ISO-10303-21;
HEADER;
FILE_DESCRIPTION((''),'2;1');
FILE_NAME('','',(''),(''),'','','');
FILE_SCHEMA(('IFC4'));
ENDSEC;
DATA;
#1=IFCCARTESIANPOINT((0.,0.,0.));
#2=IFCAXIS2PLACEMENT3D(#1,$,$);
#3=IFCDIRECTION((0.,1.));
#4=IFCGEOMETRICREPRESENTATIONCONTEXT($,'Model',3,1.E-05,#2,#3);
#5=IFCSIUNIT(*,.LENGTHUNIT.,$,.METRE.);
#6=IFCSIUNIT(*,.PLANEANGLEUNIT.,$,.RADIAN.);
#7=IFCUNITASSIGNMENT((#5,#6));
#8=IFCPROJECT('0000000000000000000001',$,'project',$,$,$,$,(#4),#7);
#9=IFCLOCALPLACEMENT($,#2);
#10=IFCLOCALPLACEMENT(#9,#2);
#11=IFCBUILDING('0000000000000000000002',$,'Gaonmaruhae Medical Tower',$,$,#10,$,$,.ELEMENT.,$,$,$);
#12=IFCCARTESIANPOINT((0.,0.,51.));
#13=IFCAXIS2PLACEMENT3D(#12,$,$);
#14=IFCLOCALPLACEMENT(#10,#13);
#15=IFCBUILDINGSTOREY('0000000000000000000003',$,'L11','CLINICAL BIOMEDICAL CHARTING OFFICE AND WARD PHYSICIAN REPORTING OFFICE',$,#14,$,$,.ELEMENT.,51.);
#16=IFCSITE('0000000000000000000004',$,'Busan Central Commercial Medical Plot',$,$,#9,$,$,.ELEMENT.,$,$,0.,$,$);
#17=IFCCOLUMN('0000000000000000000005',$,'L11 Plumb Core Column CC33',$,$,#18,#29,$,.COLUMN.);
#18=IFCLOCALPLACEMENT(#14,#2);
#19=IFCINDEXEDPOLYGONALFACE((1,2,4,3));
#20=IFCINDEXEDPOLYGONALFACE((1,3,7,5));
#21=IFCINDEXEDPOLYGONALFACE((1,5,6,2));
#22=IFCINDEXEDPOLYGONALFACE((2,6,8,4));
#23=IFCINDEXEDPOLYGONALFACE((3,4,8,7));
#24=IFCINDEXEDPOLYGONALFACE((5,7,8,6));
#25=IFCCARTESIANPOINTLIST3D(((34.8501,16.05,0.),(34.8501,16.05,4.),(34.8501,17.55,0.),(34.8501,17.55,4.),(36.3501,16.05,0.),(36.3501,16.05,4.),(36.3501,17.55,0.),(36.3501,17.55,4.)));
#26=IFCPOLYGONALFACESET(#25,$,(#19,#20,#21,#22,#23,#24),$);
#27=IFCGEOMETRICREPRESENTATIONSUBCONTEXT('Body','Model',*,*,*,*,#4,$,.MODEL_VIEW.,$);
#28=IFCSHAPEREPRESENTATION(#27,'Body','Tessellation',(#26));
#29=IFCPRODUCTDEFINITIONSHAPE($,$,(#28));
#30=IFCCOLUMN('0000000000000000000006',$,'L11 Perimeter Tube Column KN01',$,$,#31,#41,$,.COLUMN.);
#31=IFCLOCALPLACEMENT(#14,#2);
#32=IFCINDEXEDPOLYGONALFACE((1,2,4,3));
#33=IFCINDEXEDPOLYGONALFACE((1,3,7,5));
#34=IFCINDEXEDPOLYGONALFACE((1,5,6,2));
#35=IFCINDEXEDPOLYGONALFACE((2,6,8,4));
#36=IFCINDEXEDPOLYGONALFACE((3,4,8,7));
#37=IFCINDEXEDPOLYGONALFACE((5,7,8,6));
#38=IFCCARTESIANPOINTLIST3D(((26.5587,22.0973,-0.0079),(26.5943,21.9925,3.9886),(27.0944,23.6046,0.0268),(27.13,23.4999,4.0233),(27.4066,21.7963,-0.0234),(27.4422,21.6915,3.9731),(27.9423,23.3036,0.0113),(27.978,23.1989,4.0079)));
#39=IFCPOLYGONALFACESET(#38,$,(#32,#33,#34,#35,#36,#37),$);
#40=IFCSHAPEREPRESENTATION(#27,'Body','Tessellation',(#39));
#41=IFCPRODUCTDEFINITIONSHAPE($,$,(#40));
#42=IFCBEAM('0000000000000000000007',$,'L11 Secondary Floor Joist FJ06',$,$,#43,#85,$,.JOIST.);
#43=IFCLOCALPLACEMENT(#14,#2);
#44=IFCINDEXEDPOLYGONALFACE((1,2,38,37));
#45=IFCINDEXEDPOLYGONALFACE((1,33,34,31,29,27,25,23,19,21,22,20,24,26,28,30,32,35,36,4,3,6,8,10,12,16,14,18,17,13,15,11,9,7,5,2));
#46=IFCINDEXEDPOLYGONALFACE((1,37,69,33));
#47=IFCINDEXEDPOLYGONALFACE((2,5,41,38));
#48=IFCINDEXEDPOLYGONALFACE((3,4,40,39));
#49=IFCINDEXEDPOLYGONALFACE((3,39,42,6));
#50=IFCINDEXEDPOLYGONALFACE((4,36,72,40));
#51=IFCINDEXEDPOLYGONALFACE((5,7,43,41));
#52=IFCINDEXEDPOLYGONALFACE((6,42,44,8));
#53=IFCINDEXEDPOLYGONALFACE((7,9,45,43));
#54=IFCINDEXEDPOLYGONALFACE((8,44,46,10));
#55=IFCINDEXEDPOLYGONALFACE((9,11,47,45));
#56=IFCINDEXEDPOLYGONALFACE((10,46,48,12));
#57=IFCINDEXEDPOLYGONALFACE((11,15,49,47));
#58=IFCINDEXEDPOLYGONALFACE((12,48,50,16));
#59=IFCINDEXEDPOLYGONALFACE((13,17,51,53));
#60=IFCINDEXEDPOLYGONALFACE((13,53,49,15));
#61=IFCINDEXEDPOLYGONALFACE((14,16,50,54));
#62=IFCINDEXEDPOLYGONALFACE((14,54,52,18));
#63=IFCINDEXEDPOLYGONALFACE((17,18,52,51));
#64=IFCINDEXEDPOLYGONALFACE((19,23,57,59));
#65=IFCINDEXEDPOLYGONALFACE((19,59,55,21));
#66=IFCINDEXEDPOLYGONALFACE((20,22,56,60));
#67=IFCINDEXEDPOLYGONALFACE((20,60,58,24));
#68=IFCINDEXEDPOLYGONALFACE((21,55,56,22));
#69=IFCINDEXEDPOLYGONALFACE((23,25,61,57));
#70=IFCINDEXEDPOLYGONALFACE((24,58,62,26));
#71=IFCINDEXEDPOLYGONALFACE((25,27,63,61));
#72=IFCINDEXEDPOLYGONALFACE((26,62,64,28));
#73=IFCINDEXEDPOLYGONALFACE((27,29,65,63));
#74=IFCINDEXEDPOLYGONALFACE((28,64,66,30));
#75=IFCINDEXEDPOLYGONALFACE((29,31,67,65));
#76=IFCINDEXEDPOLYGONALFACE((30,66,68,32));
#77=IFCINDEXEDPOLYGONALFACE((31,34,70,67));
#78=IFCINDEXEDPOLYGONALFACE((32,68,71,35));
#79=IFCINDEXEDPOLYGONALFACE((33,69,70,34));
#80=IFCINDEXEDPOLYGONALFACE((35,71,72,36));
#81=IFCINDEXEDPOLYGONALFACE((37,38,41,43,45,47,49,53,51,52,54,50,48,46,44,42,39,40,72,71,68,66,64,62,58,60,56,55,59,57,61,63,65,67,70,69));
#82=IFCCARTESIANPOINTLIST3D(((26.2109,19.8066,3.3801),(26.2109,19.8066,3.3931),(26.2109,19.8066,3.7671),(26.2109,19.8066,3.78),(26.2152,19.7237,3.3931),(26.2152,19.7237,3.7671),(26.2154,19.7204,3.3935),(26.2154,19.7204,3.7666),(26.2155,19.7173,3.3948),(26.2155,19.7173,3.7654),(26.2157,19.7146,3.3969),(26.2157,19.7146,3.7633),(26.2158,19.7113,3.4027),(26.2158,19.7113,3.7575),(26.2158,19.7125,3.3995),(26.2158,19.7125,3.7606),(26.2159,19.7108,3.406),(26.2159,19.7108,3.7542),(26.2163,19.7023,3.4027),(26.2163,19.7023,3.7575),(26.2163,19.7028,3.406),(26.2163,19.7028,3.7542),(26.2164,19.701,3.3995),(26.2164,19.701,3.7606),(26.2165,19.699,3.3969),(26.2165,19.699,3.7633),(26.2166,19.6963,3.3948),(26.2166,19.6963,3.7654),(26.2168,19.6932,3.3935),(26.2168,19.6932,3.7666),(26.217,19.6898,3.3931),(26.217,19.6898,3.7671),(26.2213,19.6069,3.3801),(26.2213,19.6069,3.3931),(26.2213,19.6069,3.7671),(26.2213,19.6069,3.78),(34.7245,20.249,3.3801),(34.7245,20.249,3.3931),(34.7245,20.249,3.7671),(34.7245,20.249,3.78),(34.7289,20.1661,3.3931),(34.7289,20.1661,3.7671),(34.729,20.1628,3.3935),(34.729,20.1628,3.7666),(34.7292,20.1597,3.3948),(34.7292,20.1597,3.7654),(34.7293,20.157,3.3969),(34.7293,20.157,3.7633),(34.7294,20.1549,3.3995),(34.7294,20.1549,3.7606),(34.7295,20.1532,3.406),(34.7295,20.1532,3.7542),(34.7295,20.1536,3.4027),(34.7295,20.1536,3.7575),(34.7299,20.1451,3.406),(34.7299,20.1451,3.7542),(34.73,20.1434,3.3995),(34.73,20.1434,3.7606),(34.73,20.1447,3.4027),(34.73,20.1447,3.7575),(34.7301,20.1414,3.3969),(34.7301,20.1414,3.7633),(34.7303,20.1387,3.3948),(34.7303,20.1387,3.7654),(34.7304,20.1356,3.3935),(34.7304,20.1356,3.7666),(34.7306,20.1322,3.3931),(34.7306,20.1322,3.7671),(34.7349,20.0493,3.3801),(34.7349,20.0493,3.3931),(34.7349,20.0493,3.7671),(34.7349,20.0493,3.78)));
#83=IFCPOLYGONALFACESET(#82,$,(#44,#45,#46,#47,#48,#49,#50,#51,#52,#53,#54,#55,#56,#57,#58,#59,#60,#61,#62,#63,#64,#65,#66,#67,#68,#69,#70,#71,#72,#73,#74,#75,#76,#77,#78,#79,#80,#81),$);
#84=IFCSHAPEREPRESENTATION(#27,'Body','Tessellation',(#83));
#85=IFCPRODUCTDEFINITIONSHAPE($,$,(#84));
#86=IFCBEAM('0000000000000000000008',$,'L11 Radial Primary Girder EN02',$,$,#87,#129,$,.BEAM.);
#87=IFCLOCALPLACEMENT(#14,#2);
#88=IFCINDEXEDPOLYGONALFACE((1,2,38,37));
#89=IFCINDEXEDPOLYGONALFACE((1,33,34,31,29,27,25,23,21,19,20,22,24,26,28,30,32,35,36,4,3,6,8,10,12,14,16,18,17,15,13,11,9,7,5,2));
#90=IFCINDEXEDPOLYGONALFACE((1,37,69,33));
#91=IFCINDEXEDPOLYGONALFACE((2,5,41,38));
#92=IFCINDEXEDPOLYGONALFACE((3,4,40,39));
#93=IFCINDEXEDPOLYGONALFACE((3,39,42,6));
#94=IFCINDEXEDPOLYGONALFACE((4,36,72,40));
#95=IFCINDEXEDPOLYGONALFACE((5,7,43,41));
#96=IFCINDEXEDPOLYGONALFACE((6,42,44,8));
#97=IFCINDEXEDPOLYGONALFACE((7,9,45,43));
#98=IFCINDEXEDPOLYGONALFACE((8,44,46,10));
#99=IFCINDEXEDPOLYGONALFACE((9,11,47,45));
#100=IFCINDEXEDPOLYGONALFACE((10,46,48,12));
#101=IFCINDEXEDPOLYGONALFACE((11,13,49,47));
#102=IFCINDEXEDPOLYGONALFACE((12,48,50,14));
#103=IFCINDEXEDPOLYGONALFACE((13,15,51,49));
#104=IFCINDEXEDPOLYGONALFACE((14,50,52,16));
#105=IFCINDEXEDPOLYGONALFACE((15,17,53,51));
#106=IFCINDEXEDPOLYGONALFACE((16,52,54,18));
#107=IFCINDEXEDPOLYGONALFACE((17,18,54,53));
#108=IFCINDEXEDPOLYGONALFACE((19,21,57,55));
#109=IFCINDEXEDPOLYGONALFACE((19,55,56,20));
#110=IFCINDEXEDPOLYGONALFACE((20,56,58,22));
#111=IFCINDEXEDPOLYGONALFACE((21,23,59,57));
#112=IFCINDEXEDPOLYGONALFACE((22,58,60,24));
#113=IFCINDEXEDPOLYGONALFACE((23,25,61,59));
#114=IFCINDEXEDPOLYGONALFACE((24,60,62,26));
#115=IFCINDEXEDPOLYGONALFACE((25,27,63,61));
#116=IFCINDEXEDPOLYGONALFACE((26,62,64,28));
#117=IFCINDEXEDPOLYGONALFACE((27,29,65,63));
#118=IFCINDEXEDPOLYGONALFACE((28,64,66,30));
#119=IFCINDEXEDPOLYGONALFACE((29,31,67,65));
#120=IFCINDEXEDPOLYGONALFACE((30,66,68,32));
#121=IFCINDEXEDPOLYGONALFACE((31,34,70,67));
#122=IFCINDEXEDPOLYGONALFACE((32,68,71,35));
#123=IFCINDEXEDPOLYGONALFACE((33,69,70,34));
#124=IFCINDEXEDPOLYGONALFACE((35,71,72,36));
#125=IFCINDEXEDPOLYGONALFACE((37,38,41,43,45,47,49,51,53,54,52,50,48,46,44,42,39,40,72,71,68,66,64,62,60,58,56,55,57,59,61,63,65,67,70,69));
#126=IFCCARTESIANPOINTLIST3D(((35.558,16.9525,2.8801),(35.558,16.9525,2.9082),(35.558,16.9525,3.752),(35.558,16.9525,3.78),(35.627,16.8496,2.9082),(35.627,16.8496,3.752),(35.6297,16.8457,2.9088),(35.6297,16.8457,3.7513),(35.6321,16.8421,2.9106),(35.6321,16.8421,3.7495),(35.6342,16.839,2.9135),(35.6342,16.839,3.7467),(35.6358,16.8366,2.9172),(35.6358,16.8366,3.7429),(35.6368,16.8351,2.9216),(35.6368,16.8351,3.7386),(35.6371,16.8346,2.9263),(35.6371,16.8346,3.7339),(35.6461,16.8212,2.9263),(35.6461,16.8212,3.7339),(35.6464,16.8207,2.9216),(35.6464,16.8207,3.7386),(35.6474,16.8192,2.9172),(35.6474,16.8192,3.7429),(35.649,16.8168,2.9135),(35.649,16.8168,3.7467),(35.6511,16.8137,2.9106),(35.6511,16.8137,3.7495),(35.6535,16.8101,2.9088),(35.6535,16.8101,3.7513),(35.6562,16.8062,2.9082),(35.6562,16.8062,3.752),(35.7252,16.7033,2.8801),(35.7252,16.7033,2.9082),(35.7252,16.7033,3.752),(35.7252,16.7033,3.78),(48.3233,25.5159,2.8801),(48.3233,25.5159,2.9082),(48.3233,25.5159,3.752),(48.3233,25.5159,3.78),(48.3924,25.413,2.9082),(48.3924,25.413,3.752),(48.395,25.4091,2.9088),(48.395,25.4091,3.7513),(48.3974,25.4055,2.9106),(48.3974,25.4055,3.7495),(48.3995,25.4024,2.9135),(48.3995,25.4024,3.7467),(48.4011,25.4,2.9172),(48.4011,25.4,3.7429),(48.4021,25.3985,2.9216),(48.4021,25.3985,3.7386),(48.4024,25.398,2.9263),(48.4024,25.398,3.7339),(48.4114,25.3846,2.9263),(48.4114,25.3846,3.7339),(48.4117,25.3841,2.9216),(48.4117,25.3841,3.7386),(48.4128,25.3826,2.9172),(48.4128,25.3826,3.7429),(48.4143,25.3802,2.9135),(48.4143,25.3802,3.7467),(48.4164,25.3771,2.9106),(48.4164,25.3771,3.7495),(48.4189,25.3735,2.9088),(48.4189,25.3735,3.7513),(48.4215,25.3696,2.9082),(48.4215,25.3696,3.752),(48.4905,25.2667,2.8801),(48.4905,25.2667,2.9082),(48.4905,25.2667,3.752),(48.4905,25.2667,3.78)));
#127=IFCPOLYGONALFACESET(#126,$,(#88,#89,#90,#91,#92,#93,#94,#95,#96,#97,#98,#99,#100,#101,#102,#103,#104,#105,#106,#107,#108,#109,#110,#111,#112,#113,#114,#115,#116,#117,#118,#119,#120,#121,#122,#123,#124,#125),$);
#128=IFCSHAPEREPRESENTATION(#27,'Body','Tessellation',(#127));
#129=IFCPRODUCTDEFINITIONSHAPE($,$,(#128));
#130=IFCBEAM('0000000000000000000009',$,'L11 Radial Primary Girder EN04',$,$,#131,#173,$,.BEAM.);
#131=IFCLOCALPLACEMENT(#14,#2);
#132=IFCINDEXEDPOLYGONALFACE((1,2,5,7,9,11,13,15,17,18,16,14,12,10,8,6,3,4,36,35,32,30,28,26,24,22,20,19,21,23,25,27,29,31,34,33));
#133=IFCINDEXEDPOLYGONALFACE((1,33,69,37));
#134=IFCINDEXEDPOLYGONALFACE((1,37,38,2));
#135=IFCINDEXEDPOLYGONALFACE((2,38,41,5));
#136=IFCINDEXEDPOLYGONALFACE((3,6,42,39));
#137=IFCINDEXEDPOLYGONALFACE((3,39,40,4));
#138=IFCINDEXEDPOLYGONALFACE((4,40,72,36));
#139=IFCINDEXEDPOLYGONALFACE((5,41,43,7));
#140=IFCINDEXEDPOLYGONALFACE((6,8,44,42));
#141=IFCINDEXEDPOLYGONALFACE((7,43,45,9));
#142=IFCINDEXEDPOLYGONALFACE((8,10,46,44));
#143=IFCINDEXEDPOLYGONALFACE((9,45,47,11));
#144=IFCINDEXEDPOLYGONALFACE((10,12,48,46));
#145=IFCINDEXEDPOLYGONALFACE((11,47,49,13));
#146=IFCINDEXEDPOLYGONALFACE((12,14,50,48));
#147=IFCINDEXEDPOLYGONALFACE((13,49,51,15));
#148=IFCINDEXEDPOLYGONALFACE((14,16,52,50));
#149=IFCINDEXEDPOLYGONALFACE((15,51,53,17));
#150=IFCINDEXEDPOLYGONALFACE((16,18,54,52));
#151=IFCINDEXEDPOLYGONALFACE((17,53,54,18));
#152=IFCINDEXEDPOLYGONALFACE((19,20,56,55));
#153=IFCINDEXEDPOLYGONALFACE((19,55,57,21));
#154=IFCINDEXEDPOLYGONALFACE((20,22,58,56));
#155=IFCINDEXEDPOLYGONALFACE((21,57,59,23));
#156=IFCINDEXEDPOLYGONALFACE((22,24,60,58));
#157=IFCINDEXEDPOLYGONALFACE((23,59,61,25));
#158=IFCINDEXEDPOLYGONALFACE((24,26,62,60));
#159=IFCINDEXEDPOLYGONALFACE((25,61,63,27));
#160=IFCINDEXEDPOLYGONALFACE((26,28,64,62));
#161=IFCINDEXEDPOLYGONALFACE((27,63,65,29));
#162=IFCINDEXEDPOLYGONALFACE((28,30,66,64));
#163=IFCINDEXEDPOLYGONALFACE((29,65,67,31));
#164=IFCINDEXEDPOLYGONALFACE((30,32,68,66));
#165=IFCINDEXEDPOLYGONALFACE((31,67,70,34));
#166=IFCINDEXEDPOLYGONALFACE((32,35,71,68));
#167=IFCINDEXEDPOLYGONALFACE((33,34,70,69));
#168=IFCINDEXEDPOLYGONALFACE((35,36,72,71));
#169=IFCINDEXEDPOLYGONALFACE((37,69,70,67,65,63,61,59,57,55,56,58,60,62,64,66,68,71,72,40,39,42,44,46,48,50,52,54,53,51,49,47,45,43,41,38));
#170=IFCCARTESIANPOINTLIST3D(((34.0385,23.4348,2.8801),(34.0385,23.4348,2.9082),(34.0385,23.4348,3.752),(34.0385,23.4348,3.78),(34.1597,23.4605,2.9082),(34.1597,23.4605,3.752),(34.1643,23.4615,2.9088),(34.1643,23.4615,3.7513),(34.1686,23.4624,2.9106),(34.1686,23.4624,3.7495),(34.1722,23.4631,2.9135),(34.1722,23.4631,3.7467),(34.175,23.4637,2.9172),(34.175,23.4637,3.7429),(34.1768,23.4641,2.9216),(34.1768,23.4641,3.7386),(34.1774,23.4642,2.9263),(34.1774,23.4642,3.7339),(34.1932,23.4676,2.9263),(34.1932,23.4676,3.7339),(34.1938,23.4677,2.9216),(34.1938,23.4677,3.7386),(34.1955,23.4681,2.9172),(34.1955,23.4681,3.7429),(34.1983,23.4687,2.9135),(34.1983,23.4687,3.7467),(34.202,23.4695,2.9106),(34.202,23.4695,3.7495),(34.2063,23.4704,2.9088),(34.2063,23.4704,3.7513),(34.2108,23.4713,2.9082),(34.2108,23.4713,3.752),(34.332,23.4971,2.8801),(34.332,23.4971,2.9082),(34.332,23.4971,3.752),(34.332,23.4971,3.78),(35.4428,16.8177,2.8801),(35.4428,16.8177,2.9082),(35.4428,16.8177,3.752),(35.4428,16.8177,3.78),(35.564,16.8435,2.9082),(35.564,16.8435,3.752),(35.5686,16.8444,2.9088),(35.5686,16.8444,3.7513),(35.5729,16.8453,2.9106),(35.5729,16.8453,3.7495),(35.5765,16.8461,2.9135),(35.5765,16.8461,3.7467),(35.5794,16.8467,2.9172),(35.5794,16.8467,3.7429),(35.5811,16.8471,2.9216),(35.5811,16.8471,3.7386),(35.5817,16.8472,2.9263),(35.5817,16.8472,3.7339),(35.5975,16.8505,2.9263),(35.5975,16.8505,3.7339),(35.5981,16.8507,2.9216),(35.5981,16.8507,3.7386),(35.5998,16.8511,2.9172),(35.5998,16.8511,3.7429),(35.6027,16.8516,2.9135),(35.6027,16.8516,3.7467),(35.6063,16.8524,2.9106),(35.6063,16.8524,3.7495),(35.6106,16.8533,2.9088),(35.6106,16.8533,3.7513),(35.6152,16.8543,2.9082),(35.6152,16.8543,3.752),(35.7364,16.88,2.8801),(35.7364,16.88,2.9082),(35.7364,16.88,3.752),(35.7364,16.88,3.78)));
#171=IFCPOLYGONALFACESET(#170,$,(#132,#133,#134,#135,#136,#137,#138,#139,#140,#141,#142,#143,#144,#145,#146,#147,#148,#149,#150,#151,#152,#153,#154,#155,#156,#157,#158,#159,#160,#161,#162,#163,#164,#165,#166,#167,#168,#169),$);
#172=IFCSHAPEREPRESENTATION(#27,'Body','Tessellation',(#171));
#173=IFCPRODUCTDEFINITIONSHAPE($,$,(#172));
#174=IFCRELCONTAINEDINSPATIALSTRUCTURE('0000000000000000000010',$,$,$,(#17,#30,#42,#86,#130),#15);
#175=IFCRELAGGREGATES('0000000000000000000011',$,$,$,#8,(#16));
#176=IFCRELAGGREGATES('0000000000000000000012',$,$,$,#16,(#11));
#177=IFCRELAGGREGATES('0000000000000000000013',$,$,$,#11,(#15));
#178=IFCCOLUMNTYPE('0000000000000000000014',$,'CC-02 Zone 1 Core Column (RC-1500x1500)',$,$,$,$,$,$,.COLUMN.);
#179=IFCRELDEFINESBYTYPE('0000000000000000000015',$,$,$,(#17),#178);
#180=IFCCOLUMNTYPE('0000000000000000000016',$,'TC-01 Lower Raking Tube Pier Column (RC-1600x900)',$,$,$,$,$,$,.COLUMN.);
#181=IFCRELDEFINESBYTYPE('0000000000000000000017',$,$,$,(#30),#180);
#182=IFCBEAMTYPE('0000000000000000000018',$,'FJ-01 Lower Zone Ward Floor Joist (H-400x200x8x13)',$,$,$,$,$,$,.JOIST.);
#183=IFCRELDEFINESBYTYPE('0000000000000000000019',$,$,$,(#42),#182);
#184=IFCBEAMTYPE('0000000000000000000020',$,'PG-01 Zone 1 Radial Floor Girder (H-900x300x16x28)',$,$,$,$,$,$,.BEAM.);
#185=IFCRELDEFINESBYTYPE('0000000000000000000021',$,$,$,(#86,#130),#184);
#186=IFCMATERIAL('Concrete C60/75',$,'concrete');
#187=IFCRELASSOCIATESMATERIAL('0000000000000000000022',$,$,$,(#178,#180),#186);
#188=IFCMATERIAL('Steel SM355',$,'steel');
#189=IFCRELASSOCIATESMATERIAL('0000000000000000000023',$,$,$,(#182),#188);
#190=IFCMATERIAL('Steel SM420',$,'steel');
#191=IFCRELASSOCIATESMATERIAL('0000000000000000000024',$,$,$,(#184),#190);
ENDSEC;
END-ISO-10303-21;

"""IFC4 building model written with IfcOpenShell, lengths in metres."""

from ifc_helpers import new_model, si_unit, direction, frame, origin, origin_2d, place, context, subcontext, project, spatial, rectangle, i_section, extrude, material, material_profile, profile_set, type_object, element, save


model = new_model("IFC4")

# Units and contexts
model_context = context("Model", 3, precision=1e-05, world=origin(), true_north=direction((0.0, 1.0)))
body_context = subcontext(model_context, "Body", "Model", "MODEL_VIEW")
ifc_project = project(units=[si_unit("LENGTHUNIT", "METRE"), si_unit("PLANEANGLEUNIT", "RADIAN")], contexts=[model_context])

# Site, building, storey
site_placement = place(None, origin())
site = spatial("IfcSite", under=ifc_project, at=site_placement, Name="Busan Central Commercial Medical Plot", CompositionType="ELEMENT", RefElevation=0.0)
building_placement = place(site_placement, origin())
building = spatial("IfcBuilding", under=site, at=building_placement, Name="Gaonmaruhae Medical Tower", CompositionType="ELEMENT")
storey_placement = place(building_placement, frame((0.0, 0.0, 51.0)))
storey = spatial("IfcBuildingStorey", under=building, at=storey_placement, Name="L11", Description="CLINICAL BIOMEDICAL CHARTING OFFICE AND WARD PHYSICIAN REPORTING OFFICE", CompositionType="ELEMENT", Elevation=51.0)

# Columns
ifc_material_1 = material(Name="Concrete C60/75", Category="concrete")
ifc_material_profile_1 = material_profile(ifc_material_1, rectangle(XDim=1.5, YDim=1.5, at=origin_2d()), Name="RC-1500x1500")
ifc_profile_set_1 = profile_set([ifc_material_profile_1], Name="Concrete C60/75")
column_type_1 = type_object("IfcColumnType", Name="CC-02 Zone 1 Core Column (RC-1500x1500)", PredefinedType="COLUMN", material=ifc_profile_set_1)
column_1_placement = place(storey_placement, frame((35.6001, 16.8, 0.0), z_axis=(0.0, 0.0, 1.0), x_axis=(1.0, 0.0, 0.0)))
element("IfcColumn", 1, at=column_1_placement, inside=storey, type_object=column_type_1, Name="L11 Plumb Core Column CC33", PredefinedType="COLUMN", context=body_context, shape_type="SweptSolid", body=[
    extrude(rectangle(XDim=1.5, YDim=1.5, at=origin_2d()), origin(), (0.0, 0.0, 1.0), 4.0),
])
ifc_material_profile_2 = material_profile(ifc_material_1, rectangle(XDim=1.6001, YDim=0.8999, at=origin_2d()), Name="RC-1600x900")
ifc_profile_set_2 = profile_set([ifc_material_profile_2], Name="Concrete C60/75")
column_type_2 = type_object("IfcColumnType", Name="TC-01 Lower Raking Tube Pier Column (RC-1600x900)", PredefinedType="COLUMN", material=ifc_profile_set_2)
column_2_placement = place(storey_placement, frame((27.2505, 22.7004, 0.0017), z_axis=(0.008915, -0.026196, 0.999617), x_axis=(0.334812, 0.942035, 0.021701)))
element("IfcColumn", 2, at=column_2_placement, inside=storey, type_object=column_type_2, Name="L11 Perimeter Tube Column KN01", PredefinedType="COLUMN", context=body_context, shape_type="SweptSolid", body=[
    extrude(rectangle(XDim=1.6001, YDim=0.8999, at=origin_2d()), origin(), (0.0, 0.0, 1.0), 3.998),
])

# Beams
ifc_material_2 = material(Name="Steel SM355", Category="steel")
ifc_material_profile_3 = material_profile(ifc_material_2, i_section(OverallWidth=0.2, OverallDepth=0.3999, WebThickness=0.0081, FlangeThickness=0.0129, FilletRadius=0.0129, at=origin_2d()), Name="H-400x200x8x13")
ifc_profile_set_3 = profile_set([ifc_material_profile_3], Name="Steel SM355")
beam_type_1 = type_object("IfcBeamType", Name="FJ-01 Lower Zone Ward Floor Joist (H-400x200x8x13)", PredefinedType="JOIST", material=ifc_profile_set_3)
beam_1_placement = place(storey_placement, frame((34.7297, 20.1492, 3.5801), z_axis=(-0.998653, -0.051891, 0.0), x_axis=(0.051891, -0.998653, 0.0)))
element("IfcBeam", 3, at=beam_1_placement, inside=storey, type_object=beam_type_1, Name="L11 Secondary Floor Joist FJ06", PredefinedType="JOIST", context=body_context, shape_type="SweptSolid", body=[
    extrude(i_section(OverallWidth=0.2, OverallDepth=0.3999, WebThickness=0.0081, FlangeThickness=0.0129, FilletRadius=0.0129, at=origin_2d()), origin(), (0.0, 0.0, 1.0), 8.5251),
])
ifc_material_3 = material(Name="Steel SM420", Category="steel")
ifc_material_profile_4 = material_profile(ifc_material_3, i_section(OverallWidth=0.3, OverallDepth=0.8999, WebThickness=0.0161, FlangeThickness=0.0281, FilletRadius=0.0181, at=origin_2d()), Name="H-900x300x16x28")
ifc_profile_set_4 = profile_set([ifc_material_profile_4], Name="Steel SM420")
beam_type_2 = type_object("IfcBeamType", Name="PG-01 Zone 1 Radial Floor Girder (H-900x300x16x28)", PredefinedType="BEAM", material=ifc_profile_set_4)
beam_2_placement = place(storey_placement, frame((35.6416, 16.8279, 3.3301), z_axis=(0.830449, 0.557095, 0.0), x_axis=(-0.557095, 0.830449, 0.0)))
element("IfcBeam", 4, at=beam_2_placement, inside=storey, type_object=beam_type_2, Name="L11 Radial Primary Girder EN02", PredefinedType="BEAM", context=body_context, shape_type="SweptSolid", body=[
    extrude(i_section(OverallWidth=0.3, OverallDepth=0.8999, WebThickness=0.0161, FlangeThickness=0.0281, FilletRadius=0.0181, at=origin_2d()), origin(), (0.0, 0.0, 1.0), 15.3716),
])
beam_3_placement = place(storey_placement, frame((35.5896, 16.8489, 3.3301), z_axis=(-0.207604, 0.978213, 0.0), x_axis=(-0.978213, -0.207604, 0.0)))
element("IfcBeam", 5, at=beam_3_placement, inside=storey, type_object=beam_type_2, Name="L11 Radial Primary Girder EN04", PredefinedType="BEAM", context=body_context, shape_type="SweptSolid", body=[
    extrude(i_section(OverallWidth=0.3, OverallDepth=0.8999, WebThickness=0.0161, FlangeThickness=0.0281, FilletRadius=0.0181, at=origin_2d()), origin(), (0.0, 0.0, 1.0), 6.7644),
])

save(model, "model.ifc")
